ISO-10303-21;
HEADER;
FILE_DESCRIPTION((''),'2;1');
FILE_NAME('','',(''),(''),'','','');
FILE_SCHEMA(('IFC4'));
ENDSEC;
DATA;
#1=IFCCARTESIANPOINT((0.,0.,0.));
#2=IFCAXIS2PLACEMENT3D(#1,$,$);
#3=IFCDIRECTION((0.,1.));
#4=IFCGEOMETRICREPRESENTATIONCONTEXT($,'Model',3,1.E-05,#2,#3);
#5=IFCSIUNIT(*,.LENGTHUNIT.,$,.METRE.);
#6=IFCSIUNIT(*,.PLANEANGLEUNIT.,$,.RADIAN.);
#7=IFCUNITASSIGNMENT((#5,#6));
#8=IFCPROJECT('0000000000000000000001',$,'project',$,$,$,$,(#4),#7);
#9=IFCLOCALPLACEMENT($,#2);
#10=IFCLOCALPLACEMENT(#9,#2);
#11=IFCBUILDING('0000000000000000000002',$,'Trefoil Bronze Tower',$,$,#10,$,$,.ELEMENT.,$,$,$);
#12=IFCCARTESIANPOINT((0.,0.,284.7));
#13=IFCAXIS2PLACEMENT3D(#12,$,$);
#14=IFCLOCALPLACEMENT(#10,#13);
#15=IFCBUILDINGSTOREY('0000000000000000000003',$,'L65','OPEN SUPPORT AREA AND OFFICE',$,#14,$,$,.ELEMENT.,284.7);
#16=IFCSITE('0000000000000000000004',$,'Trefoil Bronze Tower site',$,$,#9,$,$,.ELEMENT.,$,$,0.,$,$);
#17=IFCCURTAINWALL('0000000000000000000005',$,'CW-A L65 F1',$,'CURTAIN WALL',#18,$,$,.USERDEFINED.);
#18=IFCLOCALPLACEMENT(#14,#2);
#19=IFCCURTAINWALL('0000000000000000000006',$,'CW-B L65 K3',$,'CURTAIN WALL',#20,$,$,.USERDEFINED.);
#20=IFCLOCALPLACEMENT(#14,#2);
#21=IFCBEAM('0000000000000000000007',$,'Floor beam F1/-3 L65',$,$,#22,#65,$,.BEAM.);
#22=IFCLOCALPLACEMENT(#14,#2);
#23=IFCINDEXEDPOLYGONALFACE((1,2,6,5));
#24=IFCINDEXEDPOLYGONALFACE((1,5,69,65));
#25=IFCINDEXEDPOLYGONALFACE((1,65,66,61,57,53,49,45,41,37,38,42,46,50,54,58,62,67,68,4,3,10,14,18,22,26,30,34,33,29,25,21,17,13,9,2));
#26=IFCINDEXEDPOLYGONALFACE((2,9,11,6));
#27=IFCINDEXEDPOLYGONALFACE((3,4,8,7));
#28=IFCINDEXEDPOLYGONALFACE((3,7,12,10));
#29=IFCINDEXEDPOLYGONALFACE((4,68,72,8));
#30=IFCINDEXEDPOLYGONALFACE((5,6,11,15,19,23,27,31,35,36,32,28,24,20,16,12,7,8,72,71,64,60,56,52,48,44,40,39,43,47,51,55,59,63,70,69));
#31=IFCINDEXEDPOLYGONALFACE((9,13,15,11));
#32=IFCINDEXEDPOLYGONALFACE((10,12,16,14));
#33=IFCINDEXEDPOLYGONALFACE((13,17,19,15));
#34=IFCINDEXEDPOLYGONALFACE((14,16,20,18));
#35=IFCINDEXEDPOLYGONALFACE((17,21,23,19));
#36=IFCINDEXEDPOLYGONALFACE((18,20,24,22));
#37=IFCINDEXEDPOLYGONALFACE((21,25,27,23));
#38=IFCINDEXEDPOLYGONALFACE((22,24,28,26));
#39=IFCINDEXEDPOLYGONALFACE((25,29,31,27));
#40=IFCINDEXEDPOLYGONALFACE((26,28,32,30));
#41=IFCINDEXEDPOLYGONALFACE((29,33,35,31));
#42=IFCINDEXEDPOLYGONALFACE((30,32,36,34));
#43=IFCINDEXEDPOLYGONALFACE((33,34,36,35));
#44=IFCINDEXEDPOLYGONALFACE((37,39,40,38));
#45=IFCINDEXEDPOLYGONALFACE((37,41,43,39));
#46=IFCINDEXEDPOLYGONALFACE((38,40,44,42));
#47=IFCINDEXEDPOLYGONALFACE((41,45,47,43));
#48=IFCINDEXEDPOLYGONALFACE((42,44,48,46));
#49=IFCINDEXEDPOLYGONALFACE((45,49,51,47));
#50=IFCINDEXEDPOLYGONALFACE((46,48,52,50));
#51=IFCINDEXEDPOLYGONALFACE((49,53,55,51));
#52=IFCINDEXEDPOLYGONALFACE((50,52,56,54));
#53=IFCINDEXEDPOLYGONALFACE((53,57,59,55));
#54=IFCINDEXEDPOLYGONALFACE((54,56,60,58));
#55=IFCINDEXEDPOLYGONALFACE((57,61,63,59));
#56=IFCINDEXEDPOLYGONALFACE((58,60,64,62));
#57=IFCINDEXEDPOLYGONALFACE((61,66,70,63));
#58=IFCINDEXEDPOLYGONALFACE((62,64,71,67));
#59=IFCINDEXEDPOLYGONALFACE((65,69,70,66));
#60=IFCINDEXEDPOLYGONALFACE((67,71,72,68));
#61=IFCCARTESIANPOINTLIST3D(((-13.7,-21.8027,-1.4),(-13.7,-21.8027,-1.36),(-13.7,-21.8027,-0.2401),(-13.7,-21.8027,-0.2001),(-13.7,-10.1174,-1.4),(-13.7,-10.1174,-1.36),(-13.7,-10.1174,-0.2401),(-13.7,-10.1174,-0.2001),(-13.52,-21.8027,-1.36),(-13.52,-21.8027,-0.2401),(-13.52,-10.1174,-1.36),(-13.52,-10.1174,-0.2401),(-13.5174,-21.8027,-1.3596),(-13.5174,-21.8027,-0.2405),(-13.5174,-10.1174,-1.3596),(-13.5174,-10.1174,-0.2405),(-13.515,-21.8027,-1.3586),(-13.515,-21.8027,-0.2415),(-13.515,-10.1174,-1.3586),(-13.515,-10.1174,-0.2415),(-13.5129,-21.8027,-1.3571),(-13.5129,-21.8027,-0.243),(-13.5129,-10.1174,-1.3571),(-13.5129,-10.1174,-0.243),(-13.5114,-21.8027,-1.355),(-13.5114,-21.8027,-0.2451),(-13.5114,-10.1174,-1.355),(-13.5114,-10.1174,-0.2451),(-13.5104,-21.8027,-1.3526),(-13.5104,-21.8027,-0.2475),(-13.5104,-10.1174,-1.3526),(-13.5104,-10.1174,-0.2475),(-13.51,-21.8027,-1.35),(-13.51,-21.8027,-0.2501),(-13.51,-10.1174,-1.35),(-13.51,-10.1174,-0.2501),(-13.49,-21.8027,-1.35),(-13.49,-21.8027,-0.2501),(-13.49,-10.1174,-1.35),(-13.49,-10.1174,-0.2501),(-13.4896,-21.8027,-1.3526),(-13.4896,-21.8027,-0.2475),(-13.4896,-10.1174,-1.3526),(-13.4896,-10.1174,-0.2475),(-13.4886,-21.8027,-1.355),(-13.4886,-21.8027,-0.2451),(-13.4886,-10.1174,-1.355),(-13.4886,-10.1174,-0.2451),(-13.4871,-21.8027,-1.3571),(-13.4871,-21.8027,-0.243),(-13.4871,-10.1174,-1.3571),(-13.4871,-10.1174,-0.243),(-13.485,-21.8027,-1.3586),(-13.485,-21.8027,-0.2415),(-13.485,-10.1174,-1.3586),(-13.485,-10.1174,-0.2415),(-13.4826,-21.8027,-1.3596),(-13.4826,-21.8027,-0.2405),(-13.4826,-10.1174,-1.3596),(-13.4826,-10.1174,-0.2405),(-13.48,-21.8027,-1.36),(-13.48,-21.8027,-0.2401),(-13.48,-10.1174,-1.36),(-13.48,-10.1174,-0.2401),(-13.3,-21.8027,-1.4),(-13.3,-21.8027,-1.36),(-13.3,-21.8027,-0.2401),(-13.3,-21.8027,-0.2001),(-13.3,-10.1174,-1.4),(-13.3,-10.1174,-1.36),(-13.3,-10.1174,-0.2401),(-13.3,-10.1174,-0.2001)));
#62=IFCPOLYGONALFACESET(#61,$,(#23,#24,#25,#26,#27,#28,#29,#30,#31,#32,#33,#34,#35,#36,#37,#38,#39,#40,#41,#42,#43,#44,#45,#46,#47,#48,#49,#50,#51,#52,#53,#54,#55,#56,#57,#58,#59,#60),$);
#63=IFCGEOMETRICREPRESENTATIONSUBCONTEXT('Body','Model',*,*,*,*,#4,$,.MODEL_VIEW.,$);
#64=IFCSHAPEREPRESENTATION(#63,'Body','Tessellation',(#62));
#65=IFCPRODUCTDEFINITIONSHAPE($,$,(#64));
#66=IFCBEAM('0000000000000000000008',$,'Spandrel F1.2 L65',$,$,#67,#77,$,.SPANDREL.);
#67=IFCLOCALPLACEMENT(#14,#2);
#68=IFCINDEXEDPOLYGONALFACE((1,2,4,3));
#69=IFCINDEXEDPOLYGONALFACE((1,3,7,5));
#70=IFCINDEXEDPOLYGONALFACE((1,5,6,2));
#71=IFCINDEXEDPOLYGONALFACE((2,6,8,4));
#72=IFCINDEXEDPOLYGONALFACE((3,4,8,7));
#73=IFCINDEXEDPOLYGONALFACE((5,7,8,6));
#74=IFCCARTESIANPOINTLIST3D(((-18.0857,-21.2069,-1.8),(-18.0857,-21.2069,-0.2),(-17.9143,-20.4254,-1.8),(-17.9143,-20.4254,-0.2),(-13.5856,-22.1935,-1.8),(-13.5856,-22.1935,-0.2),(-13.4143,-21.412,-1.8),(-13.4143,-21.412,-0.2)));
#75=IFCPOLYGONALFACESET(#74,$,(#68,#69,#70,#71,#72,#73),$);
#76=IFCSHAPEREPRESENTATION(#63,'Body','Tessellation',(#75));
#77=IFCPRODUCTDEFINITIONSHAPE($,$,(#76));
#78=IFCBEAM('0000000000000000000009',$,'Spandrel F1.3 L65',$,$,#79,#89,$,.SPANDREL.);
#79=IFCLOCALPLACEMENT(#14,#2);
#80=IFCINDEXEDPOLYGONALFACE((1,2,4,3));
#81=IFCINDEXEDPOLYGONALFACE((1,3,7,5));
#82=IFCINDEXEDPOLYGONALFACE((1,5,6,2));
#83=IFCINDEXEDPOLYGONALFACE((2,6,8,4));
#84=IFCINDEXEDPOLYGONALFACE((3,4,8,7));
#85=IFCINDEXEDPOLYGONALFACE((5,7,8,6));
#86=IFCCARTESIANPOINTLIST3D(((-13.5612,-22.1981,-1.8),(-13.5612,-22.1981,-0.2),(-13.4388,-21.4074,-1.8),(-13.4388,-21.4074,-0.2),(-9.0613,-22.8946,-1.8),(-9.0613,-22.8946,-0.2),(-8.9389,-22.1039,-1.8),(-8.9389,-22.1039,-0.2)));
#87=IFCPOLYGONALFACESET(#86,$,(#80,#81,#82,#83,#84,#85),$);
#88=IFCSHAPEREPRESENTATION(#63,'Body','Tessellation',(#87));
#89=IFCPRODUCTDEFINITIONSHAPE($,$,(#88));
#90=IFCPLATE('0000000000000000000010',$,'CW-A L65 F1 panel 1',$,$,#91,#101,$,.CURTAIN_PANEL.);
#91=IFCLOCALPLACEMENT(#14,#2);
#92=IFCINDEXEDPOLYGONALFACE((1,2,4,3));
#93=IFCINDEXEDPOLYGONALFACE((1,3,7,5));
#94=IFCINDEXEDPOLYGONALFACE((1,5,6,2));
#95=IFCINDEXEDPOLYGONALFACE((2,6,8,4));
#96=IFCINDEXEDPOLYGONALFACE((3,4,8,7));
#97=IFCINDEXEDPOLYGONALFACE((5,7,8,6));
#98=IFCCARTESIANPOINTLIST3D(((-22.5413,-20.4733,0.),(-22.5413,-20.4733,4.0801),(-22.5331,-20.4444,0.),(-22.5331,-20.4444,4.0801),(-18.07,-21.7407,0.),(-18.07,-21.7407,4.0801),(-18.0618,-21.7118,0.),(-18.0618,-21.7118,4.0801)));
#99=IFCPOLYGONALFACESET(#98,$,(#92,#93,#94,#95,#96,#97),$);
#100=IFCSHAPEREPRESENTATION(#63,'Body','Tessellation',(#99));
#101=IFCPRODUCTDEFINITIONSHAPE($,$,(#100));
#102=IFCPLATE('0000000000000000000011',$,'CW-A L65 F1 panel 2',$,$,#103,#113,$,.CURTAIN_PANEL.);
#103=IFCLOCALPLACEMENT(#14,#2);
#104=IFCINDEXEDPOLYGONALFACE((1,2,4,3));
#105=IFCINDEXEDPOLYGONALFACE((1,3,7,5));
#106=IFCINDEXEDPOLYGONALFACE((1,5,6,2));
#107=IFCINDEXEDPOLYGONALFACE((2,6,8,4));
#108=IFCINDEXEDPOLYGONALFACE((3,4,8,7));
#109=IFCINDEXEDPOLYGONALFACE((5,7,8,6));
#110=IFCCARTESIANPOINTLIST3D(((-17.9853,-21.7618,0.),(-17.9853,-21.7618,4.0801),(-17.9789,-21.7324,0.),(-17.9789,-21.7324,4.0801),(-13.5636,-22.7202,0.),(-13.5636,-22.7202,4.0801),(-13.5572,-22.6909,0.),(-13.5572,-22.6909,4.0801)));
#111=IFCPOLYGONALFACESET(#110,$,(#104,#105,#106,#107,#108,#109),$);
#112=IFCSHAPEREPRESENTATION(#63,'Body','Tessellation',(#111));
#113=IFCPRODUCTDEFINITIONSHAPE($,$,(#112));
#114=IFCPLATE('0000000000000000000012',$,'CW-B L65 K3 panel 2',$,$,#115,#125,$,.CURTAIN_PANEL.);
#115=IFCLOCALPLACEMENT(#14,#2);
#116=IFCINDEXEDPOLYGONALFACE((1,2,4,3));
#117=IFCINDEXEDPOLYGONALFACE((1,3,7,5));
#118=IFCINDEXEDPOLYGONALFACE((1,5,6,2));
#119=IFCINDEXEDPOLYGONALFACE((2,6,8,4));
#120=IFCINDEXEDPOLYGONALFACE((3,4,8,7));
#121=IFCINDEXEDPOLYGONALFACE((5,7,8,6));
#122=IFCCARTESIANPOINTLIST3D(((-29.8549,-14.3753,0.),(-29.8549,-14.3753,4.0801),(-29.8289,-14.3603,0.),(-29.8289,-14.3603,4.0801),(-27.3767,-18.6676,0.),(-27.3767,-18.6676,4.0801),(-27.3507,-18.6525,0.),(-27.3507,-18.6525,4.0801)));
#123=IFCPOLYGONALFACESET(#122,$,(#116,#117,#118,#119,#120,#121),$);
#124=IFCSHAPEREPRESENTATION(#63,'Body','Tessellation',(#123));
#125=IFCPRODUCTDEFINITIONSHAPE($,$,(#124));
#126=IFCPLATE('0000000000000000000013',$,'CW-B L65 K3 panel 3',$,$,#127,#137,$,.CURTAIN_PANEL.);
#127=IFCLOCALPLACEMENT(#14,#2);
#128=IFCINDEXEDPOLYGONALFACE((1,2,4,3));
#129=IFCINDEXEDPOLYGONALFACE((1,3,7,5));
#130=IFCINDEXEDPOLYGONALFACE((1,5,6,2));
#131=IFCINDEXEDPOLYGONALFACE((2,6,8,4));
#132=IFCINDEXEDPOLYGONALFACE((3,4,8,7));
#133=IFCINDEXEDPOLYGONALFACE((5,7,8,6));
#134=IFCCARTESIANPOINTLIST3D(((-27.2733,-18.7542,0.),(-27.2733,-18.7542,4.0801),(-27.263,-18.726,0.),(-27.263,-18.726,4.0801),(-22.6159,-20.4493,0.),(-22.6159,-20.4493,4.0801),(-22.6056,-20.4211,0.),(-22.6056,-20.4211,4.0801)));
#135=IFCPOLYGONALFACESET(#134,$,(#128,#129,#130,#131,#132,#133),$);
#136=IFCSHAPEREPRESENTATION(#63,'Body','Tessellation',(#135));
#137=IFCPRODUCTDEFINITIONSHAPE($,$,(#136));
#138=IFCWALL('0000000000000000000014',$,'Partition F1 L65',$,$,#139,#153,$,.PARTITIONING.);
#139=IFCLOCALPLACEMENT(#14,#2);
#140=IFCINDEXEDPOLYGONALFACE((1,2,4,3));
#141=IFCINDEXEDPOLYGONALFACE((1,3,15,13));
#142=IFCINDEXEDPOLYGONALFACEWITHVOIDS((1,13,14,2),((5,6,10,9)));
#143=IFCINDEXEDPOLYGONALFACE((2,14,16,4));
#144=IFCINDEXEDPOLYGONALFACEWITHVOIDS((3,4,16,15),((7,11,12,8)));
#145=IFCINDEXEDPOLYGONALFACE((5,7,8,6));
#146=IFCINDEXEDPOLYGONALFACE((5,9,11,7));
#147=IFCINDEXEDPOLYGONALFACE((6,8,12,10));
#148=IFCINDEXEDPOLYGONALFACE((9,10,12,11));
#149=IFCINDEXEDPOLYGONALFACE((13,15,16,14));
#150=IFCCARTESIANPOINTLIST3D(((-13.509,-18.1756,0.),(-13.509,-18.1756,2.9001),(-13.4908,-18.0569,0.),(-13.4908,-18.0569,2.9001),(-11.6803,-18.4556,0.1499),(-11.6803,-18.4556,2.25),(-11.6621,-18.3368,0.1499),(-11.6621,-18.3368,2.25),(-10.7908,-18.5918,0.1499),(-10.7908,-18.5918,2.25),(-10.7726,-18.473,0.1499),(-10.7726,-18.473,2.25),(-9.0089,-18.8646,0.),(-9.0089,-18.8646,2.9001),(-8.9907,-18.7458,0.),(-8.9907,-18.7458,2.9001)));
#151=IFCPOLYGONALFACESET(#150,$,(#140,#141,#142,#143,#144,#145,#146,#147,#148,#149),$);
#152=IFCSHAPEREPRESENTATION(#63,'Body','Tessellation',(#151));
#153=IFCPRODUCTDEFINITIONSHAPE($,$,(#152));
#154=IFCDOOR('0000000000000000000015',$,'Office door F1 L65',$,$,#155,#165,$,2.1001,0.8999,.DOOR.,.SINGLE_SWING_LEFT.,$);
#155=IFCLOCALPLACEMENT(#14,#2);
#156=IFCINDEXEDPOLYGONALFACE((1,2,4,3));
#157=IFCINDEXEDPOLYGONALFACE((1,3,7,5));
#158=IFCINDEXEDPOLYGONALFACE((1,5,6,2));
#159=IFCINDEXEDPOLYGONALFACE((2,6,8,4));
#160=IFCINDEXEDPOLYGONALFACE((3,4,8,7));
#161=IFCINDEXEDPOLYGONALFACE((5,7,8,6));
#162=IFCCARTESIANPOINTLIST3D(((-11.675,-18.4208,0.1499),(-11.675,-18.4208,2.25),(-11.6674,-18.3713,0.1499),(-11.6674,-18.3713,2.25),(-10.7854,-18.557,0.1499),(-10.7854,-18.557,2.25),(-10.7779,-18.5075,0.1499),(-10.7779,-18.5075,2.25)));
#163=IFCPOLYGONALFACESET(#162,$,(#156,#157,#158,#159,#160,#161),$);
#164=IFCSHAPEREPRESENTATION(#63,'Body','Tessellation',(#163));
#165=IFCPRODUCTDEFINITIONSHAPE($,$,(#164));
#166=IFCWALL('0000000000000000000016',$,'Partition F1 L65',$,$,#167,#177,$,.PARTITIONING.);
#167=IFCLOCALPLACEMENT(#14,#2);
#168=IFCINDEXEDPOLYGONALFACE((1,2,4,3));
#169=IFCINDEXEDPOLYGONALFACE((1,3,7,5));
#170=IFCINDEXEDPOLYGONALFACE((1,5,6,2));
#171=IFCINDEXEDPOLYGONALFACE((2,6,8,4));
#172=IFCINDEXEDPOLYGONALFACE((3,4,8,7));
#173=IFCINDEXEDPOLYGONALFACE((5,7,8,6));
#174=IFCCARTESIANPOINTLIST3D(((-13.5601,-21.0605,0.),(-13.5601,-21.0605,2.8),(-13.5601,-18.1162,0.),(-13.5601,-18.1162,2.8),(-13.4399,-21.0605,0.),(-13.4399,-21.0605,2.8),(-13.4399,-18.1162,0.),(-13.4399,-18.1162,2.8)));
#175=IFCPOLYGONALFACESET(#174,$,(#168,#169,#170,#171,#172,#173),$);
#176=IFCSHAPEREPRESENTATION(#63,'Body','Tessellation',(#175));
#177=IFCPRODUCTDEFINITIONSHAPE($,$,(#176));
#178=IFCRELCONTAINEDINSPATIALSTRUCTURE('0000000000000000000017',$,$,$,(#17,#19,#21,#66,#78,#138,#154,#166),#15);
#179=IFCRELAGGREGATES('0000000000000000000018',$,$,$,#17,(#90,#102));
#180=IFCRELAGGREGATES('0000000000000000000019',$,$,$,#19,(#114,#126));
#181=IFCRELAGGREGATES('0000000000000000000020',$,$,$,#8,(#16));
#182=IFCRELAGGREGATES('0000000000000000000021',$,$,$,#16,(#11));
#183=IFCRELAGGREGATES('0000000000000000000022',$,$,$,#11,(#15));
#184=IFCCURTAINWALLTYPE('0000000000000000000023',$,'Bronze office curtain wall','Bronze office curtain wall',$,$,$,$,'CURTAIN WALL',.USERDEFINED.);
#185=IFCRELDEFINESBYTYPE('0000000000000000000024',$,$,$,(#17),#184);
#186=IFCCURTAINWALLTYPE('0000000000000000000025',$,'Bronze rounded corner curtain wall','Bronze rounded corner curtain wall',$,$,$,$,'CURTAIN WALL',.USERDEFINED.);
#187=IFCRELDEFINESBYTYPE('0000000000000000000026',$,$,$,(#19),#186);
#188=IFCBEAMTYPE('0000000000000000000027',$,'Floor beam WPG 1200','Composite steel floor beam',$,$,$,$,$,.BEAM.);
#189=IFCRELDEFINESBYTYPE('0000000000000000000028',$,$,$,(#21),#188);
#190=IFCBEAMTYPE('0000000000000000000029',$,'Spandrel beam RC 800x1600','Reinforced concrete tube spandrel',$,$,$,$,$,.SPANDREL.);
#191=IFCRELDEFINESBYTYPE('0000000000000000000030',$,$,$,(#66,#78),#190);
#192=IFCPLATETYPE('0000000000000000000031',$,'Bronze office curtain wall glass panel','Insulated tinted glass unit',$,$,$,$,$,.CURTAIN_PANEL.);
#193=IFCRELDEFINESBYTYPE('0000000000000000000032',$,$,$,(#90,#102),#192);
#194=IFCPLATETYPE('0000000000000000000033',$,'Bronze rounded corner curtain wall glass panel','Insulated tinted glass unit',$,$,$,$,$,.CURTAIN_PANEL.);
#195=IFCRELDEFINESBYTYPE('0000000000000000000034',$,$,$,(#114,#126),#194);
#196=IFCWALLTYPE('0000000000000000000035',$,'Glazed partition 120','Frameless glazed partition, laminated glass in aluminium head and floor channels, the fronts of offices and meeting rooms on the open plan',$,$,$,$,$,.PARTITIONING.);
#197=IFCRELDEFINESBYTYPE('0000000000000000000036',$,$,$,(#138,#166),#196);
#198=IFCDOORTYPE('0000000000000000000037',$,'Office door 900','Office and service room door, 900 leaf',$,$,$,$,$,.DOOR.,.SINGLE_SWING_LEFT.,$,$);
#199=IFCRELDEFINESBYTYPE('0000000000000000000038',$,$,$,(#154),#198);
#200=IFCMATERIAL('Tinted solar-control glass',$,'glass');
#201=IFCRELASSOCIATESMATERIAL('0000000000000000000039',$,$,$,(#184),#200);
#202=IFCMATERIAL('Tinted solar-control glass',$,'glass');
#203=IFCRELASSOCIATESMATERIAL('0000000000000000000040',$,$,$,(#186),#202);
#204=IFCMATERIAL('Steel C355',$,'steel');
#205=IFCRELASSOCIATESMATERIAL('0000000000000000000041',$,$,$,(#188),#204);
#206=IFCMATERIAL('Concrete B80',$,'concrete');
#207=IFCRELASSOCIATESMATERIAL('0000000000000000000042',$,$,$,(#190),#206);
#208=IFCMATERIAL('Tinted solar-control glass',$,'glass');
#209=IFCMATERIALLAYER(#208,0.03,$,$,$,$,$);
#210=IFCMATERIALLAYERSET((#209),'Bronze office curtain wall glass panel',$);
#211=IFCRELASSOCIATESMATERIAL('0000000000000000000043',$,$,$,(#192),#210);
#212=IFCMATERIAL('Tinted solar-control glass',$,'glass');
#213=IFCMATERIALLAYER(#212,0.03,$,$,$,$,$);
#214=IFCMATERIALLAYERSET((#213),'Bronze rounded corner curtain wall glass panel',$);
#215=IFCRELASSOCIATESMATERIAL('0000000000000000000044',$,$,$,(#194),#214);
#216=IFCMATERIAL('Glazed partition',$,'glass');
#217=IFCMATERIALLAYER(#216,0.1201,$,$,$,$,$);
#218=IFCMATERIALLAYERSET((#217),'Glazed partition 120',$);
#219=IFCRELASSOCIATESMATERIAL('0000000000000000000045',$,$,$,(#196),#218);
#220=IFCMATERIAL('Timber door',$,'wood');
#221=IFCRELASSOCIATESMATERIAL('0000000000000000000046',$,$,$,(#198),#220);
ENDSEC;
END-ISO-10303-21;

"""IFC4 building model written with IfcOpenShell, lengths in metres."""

from ifc_helpers import new_model, si_unit, direction, frame, frame_2d, origin, origin_2d, place, context, subcontext, project, spatial, rectangle, i_section, extrude, material, layer, layer_set, material_profile, profile_set, type_object, element, fill, aggregate, save


model = new_model("IFC4")

# Units and contexts
model_context = context("Model", 3, precision=1e-05, world=origin(), true_north=direction((0.0, 1.0)))
body_context = subcontext(model_context, "Body", "Model", "MODEL_VIEW")
ifc_project = project(units=[si_unit("LENGTHUNIT", "METRE"), si_unit("PLANEANGLEUNIT", "RADIAN")], contexts=[model_context])

# Site, building, storey
site_placement = place(None, origin())
site = spatial("IfcSite", under=ifc_project, at=site_placement, Name="Trefoil Bronze Tower site", CompositionType="ELEMENT", RefElevation=0.0)
building_placement = place(site_placement, origin())
building = spatial("IfcBuilding", under=site, at=building_placement, Name="Trefoil Bronze Tower", CompositionType="ELEMENT")
storey_placement = place(building_placement, frame((0.0, 0.0, 284.7)))
storey = spatial("IfcBuildingStorey", under=building, at=storey_placement, Name="L65", Description="OPEN SUPPORT AREA AND OFFICE", CompositionType="ELEMENT", Elevation=284.7)

# Curtain walls
ifc_material_1 = material(Name="Tinted solar-control glass", Category="glass")
curtain_wall_type_1 = type_object("IfcCurtainWallType", Name="Bronze office curtain wall", Description="Bronze office curtain wall", ElementType="CURTAIN WALL", PredefinedType="USERDEFINED", material=ifc_material_1)
curtain_wall_1_placement = place(storey_placement, origin())
curtain_wall_1 = element("IfcCurtainWall", 1, at=curtain_wall_1_placement, inside=storey, type_object=curtain_wall_type_1, Name="CW-A L65 F1", ObjectType="CURTAIN WALL", PredefinedType="USERDEFINED")
ifc_material_2 = material(Name="Tinted solar-control glass", Category="glass")
curtain_wall_type_2 = type_object("IfcCurtainWallType", Name="Bronze rounded corner curtain wall", Description="Bronze rounded corner curtain wall", ElementType="CURTAIN WALL", PredefinedType="USERDEFINED", material=ifc_material_2)
curtain_wall_2_placement = place(storey_placement, origin())
curtain_wall_2 = element("IfcCurtainWall", 2, at=curtain_wall_2_placement, inside=storey, type_object=curtain_wall_type_2, Name="CW-B L65 K3", ObjectType="CURTAIN WALL", PredefinedType="USERDEFINED")

# Beams
ifc_material_3 = material(Name="Steel C355", Category="steel")
ifc_material_profile_1 = material_profile(ifc_material_3, i_section(OverallWidth=0.3999, OverallDepth=1.2, WebThickness=0.02, FlangeThickness=0.04, FilletRadius=0.01, at=origin_2d()), Name="WPG 1200")
ifc_profile_set_1 = profile_set([ifc_material_profile_1], Name="Steel C355")
beam_type_1 = type_object("IfcBeamType", Name="Floor beam WPG 1200", Description="Composite steel floor beam", PredefinedType="BEAM", material=ifc_profile_set_1)
beam_1_placement = place(storey_placement, frame((-13.5, -21.8027, -0.8), z_axis=(0.0, 1.0, 0.0), x_axis=(-1.0, 0.0, 0.0)))
element("IfcBeam", 3, at=beam_1_placement, inside=storey, type_object=beam_type_1, Name="Floor beam F1/-3 L65", PredefinedType="BEAM", context=body_context, shape_type="SweptSolid", body=[
    extrude(i_section(OverallWidth=0.3999, OverallDepth=1.2, WebThickness=0.02, FlangeThickness=0.04, FilletRadius=0.01, at=origin_2d()), origin(), (0.0, 0.0, 1.0), 11.6853),
])
ifc_material_4 = material(Name="Concrete B80", Category="concrete")
ifc_material_profile_2 = material_profile(ifc_material_4, rectangle(XDim=0.8, YDim=1.6001, at=origin_2d()), Name="RC 800x1600")
ifc_profile_set_2 = profile_set([ifc_material_profile_2], Name="Concrete B80")
beam_type_2 = type_object("IfcBeamType", Name="Spandrel beam RC 800x1600", Description="Reinforced concrete tube spandrel", PredefinedType="SPANDREL", material=ifc_profile_set_2)
beam_2_placement = place(storey_placement, frame((-18.0, -20.8162, -1.0), z_axis=(0.9768, -0.214152, 0.0), x_axis=(0.214152, 0.9768, 0.0)))
element("IfcBeam", 4, at=beam_2_placement, inside=storey, type_object=beam_type_2, Name="Spandrel F1.2 L65", PredefinedType="SPANDREL", context=body_context, shape_type="SweptSolid", body=[
    extrude(rectangle(XDim=0.8, YDim=1.6001, at=origin_2d()), origin(), (0.0, 0.0, 1.0), 4.6069),
])
beam_3_placement = place(storey_placement, frame((-13.5, -21.8027, -1.0), z_axis=(0.988232, -0.152964, 0.0), x_axis=(0.152964, 0.988232, 0.0)))
element("IfcBeam", 5, at=beam_3_placement, inside=storey, type_object=beam_type_2, Name="Spandrel F1.3 L65", PredefinedType="SPANDREL", context=body_context, shape_type="SweptSolid", body=[
    extrude(rectangle(XDim=0.8, YDim=1.6001, at=origin_2d()), origin(), (0.0, 0.0, 1.0), 4.5535),
])

# Plates
ifc_material_5 = material(Name="Tinted solar-control glass", Category="glass")
ifc_layer_1 = layer(ifc_material_5, 0.03)
ifc_layer_set_1 = layer_set([ifc_layer_1], Name="Bronze office curtain wall glass panel")
plate_type_1 = type_object("IfcPlateType", Name="Bronze office curtain wall glass panel", Description="Insulated tinted glass unit", PredefinedType="CURTAIN_PANEL", material=ifc_layer_set_1)
plate_1_placement = place(storey_placement, frame((-20.3015, -21.0925, 0.0), z_axis=(0.0, 0.0, 1.0), x_axis=(0.962098, -0.272705, 0.0)))
plate_1 = element("IfcPlate", 6, at=plate_1_placement, type_object=plate_type_1, Name="CW-A L65 F1 panel 1", PredefinedType="CURTAIN_PANEL", context=body_context, shape_type="SweptSolid", body=[
    extrude(rectangle(XDim=4.6475, YDim=0.03, at=origin_2d()), origin(), (0.0, 0.0, 1.0), 4.0801),
])
plate_2_placement = place(storey_placement, frame((-15.7712, -22.2263, 0.0), z_axis=(0.0, 0.0, 1.0), x_axis=(0.977303, -0.211846, 0.0)))
plate_2 = element("IfcPlate", 7, at=plate_2_placement, type_object=plate_type_1, Name="CW-A L65 F1 panel 2", PredefinedType="CURTAIN_PANEL", context=body_context, shape_type="SweptSolid", body=[
    extrude(rectangle(XDim=4.5244, YDim=0.03, at=origin_2d()), origin(), (0.0, 0.0, 1.0), 4.0801),
])
aggregate(curtain_wall_1, [plate_1, plate_2])
ifc_material_6 = material(Name="Tinted solar-control glass", Category="glass")
ifc_layer_2 = layer(ifc_material_6, 0.03)
ifc_layer_set_2 = layer_set([ifc_layer_2], Name="Bronze rounded corner curtain wall glass panel")
plate_type_2 = type_object("IfcPlateType", Name="Bronze rounded corner curtain wall glass panel", Description="Insulated tinted glass unit", PredefinedType="CURTAIN_PANEL", material=ifc_layer_set_2)
plate_3_placement = place(storey_placement, frame((-28.6028, -16.5139, 0.0), z_axis=(0.0, 0.0, 1.0), x_axis=(0.5, -0.866025, 0.0)))
plate_3 = element("IfcPlate", 8, at=plate_3_placement, type_object=plate_type_2, Name="CW-B L65 K3 panel 2", PredefinedType="CURTAIN_PANEL", context=body_context, shape_type="SweptSolid", body=[
    extrude(rectangle(XDim=4.9563, YDim=0.03, at=origin_2d()), origin(), (0.0, 0.0, 1.0), 4.0801),
])
plate_4_placement = place(storey_placement, frame((-24.9395, -19.5876, 0.0), z_axis=(0.0, 0.0, 1.0), x_axis=(0.939693, -0.34202, 0.0)))
plate_4 = element("IfcPlate", 9, at=plate_4_placement, type_object=plate_type_2, Name="CW-B L65 K3 panel 3", PredefinedType="CURTAIN_PANEL", context=body_context, shape_type="SweptSolid", body=[
    extrude(rectangle(XDim=4.9563, YDim=0.03, at=origin_2d()), origin(), (0.0, 0.0, 1.0), 4.0801),
])
aggregate(curtain_wall_2, [plate_3, plate_4])

# Wall, opening, door
ifc_material_7 = material(Name="Glazed partition", Category="glass")
ifc_layer_3 = layer(ifc_material_7, 0.1201)
ifc_layer_set_3 = layer_set([ifc_layer_3], Name="Glazed partition 120")
wall_type_1 = type_object("IfcWallType", Name="Glazed partition 120", Description="Frameless glazed partition, laminated glass in aluminium head and floor channels, the fronts of offices and meeting rooms on the open plan", PredefinedType="PARTITIONING", material=ifc_layer_set_3)
wall_1_placement = place(storey_placement, frame((-13.5, -18.1162, 0.0), z_axis=(0.0, 0.0, 1.0), x_axis=(0.988482, -0.15134, 0.0)))
wall_1 = element("IfcWall", 10, at=wall_1_placement, inside=storey, type_object=wall_type_1, Name="Partition F1 L65", PredefinedType="PARTITIONING", context=body_context, shape_type="SweptSolid", body=[
    extrude(rectangle(XDim=4.5525, YDim=0.1201, at=frame_2d((2.2764, 0.0))), origin(), (0.0, 0.0, 1.0), 2.9001),
])
opening_placement = place(wall_1_placement, frame((1.8501, 0.0, 0.1499)))
opening = element("IfcOpeningElement", 11, at=opening_placement, cuts=wall_1, PredefinedType="OPENING", context=body_context, shape_type="SweptSolid", body=[
    extrude(rectangle(XDim=0.8999, YDim=2.1001, at=frame_2d((0.45, 1.05))), frame((0.0, 0.0701, 0.0), z_axis=(0.0, -1.0, 0.0), x_axis=(1.0, 0.0, 0.0)), (0.0, 0.0, 1.0), 0.1401),
])
ifc_material_8 = material(Name="Timber door", Category="wood")
door_type = type_object("IfcDoorType", Name="Office door 900", Description="Office and service room door, 900 leaf", OperationType="SINGLE_SWING_LEFT", PredefinedType="DOOR", material=ifc_material_8)
door_placement = place(opening_placement, frame((0.8999, 0.0, 0.0), z_axis=(0.0, 0.0, 1.0), x_axis=(-1.0, 0.0, 0.0)))
door = element("IfcDoor", 12, at=door_placement, inside=storey, type_object=door_type, Name="Office door F1 L65", OperationType="SINGLE_SWING_LEFT", OverallHeight=2.1001, OverallWidth=0.8999, PredefinedType="DOOR", context=body_context, shape_type="SweptSolid", body=[
    extrude(rectangle(XDim=0.8999, YDim=2.1001, at=frame_2d((0.45, 1.05))), frame((0.0, 0.0249, 0.0), z_axis=(0.0, -1.0, 0.0), x_axis=(1.0, 0.0, 0.0)), (0.0, 0.0, 1.0), 0.05),
])
fill(opening, door)

# Wall
wall_2_placement = place(storey_placement, frame((-13.5, -18.1162, 0.0), z_axis=(0.0, 0.0, 1.0), x_axis=(0.0, -1.0, 0.0)))
element("IfcWall", 13, at=wall_2_placement, inside=storey, type_object=wall_type_1, Name="Partition F1 L65", PredefinedType="PARTITIONING", context=body_context, shape_type="SweptSolid", body=[
    extrude(rectangle(XDim=2.9443, YDim=0.1201, at=frame_2d((1.4722, 0.0))), origin(), (0.0, 0.0, 1.0), 2.8),
])

save(model, "model.ifc")
